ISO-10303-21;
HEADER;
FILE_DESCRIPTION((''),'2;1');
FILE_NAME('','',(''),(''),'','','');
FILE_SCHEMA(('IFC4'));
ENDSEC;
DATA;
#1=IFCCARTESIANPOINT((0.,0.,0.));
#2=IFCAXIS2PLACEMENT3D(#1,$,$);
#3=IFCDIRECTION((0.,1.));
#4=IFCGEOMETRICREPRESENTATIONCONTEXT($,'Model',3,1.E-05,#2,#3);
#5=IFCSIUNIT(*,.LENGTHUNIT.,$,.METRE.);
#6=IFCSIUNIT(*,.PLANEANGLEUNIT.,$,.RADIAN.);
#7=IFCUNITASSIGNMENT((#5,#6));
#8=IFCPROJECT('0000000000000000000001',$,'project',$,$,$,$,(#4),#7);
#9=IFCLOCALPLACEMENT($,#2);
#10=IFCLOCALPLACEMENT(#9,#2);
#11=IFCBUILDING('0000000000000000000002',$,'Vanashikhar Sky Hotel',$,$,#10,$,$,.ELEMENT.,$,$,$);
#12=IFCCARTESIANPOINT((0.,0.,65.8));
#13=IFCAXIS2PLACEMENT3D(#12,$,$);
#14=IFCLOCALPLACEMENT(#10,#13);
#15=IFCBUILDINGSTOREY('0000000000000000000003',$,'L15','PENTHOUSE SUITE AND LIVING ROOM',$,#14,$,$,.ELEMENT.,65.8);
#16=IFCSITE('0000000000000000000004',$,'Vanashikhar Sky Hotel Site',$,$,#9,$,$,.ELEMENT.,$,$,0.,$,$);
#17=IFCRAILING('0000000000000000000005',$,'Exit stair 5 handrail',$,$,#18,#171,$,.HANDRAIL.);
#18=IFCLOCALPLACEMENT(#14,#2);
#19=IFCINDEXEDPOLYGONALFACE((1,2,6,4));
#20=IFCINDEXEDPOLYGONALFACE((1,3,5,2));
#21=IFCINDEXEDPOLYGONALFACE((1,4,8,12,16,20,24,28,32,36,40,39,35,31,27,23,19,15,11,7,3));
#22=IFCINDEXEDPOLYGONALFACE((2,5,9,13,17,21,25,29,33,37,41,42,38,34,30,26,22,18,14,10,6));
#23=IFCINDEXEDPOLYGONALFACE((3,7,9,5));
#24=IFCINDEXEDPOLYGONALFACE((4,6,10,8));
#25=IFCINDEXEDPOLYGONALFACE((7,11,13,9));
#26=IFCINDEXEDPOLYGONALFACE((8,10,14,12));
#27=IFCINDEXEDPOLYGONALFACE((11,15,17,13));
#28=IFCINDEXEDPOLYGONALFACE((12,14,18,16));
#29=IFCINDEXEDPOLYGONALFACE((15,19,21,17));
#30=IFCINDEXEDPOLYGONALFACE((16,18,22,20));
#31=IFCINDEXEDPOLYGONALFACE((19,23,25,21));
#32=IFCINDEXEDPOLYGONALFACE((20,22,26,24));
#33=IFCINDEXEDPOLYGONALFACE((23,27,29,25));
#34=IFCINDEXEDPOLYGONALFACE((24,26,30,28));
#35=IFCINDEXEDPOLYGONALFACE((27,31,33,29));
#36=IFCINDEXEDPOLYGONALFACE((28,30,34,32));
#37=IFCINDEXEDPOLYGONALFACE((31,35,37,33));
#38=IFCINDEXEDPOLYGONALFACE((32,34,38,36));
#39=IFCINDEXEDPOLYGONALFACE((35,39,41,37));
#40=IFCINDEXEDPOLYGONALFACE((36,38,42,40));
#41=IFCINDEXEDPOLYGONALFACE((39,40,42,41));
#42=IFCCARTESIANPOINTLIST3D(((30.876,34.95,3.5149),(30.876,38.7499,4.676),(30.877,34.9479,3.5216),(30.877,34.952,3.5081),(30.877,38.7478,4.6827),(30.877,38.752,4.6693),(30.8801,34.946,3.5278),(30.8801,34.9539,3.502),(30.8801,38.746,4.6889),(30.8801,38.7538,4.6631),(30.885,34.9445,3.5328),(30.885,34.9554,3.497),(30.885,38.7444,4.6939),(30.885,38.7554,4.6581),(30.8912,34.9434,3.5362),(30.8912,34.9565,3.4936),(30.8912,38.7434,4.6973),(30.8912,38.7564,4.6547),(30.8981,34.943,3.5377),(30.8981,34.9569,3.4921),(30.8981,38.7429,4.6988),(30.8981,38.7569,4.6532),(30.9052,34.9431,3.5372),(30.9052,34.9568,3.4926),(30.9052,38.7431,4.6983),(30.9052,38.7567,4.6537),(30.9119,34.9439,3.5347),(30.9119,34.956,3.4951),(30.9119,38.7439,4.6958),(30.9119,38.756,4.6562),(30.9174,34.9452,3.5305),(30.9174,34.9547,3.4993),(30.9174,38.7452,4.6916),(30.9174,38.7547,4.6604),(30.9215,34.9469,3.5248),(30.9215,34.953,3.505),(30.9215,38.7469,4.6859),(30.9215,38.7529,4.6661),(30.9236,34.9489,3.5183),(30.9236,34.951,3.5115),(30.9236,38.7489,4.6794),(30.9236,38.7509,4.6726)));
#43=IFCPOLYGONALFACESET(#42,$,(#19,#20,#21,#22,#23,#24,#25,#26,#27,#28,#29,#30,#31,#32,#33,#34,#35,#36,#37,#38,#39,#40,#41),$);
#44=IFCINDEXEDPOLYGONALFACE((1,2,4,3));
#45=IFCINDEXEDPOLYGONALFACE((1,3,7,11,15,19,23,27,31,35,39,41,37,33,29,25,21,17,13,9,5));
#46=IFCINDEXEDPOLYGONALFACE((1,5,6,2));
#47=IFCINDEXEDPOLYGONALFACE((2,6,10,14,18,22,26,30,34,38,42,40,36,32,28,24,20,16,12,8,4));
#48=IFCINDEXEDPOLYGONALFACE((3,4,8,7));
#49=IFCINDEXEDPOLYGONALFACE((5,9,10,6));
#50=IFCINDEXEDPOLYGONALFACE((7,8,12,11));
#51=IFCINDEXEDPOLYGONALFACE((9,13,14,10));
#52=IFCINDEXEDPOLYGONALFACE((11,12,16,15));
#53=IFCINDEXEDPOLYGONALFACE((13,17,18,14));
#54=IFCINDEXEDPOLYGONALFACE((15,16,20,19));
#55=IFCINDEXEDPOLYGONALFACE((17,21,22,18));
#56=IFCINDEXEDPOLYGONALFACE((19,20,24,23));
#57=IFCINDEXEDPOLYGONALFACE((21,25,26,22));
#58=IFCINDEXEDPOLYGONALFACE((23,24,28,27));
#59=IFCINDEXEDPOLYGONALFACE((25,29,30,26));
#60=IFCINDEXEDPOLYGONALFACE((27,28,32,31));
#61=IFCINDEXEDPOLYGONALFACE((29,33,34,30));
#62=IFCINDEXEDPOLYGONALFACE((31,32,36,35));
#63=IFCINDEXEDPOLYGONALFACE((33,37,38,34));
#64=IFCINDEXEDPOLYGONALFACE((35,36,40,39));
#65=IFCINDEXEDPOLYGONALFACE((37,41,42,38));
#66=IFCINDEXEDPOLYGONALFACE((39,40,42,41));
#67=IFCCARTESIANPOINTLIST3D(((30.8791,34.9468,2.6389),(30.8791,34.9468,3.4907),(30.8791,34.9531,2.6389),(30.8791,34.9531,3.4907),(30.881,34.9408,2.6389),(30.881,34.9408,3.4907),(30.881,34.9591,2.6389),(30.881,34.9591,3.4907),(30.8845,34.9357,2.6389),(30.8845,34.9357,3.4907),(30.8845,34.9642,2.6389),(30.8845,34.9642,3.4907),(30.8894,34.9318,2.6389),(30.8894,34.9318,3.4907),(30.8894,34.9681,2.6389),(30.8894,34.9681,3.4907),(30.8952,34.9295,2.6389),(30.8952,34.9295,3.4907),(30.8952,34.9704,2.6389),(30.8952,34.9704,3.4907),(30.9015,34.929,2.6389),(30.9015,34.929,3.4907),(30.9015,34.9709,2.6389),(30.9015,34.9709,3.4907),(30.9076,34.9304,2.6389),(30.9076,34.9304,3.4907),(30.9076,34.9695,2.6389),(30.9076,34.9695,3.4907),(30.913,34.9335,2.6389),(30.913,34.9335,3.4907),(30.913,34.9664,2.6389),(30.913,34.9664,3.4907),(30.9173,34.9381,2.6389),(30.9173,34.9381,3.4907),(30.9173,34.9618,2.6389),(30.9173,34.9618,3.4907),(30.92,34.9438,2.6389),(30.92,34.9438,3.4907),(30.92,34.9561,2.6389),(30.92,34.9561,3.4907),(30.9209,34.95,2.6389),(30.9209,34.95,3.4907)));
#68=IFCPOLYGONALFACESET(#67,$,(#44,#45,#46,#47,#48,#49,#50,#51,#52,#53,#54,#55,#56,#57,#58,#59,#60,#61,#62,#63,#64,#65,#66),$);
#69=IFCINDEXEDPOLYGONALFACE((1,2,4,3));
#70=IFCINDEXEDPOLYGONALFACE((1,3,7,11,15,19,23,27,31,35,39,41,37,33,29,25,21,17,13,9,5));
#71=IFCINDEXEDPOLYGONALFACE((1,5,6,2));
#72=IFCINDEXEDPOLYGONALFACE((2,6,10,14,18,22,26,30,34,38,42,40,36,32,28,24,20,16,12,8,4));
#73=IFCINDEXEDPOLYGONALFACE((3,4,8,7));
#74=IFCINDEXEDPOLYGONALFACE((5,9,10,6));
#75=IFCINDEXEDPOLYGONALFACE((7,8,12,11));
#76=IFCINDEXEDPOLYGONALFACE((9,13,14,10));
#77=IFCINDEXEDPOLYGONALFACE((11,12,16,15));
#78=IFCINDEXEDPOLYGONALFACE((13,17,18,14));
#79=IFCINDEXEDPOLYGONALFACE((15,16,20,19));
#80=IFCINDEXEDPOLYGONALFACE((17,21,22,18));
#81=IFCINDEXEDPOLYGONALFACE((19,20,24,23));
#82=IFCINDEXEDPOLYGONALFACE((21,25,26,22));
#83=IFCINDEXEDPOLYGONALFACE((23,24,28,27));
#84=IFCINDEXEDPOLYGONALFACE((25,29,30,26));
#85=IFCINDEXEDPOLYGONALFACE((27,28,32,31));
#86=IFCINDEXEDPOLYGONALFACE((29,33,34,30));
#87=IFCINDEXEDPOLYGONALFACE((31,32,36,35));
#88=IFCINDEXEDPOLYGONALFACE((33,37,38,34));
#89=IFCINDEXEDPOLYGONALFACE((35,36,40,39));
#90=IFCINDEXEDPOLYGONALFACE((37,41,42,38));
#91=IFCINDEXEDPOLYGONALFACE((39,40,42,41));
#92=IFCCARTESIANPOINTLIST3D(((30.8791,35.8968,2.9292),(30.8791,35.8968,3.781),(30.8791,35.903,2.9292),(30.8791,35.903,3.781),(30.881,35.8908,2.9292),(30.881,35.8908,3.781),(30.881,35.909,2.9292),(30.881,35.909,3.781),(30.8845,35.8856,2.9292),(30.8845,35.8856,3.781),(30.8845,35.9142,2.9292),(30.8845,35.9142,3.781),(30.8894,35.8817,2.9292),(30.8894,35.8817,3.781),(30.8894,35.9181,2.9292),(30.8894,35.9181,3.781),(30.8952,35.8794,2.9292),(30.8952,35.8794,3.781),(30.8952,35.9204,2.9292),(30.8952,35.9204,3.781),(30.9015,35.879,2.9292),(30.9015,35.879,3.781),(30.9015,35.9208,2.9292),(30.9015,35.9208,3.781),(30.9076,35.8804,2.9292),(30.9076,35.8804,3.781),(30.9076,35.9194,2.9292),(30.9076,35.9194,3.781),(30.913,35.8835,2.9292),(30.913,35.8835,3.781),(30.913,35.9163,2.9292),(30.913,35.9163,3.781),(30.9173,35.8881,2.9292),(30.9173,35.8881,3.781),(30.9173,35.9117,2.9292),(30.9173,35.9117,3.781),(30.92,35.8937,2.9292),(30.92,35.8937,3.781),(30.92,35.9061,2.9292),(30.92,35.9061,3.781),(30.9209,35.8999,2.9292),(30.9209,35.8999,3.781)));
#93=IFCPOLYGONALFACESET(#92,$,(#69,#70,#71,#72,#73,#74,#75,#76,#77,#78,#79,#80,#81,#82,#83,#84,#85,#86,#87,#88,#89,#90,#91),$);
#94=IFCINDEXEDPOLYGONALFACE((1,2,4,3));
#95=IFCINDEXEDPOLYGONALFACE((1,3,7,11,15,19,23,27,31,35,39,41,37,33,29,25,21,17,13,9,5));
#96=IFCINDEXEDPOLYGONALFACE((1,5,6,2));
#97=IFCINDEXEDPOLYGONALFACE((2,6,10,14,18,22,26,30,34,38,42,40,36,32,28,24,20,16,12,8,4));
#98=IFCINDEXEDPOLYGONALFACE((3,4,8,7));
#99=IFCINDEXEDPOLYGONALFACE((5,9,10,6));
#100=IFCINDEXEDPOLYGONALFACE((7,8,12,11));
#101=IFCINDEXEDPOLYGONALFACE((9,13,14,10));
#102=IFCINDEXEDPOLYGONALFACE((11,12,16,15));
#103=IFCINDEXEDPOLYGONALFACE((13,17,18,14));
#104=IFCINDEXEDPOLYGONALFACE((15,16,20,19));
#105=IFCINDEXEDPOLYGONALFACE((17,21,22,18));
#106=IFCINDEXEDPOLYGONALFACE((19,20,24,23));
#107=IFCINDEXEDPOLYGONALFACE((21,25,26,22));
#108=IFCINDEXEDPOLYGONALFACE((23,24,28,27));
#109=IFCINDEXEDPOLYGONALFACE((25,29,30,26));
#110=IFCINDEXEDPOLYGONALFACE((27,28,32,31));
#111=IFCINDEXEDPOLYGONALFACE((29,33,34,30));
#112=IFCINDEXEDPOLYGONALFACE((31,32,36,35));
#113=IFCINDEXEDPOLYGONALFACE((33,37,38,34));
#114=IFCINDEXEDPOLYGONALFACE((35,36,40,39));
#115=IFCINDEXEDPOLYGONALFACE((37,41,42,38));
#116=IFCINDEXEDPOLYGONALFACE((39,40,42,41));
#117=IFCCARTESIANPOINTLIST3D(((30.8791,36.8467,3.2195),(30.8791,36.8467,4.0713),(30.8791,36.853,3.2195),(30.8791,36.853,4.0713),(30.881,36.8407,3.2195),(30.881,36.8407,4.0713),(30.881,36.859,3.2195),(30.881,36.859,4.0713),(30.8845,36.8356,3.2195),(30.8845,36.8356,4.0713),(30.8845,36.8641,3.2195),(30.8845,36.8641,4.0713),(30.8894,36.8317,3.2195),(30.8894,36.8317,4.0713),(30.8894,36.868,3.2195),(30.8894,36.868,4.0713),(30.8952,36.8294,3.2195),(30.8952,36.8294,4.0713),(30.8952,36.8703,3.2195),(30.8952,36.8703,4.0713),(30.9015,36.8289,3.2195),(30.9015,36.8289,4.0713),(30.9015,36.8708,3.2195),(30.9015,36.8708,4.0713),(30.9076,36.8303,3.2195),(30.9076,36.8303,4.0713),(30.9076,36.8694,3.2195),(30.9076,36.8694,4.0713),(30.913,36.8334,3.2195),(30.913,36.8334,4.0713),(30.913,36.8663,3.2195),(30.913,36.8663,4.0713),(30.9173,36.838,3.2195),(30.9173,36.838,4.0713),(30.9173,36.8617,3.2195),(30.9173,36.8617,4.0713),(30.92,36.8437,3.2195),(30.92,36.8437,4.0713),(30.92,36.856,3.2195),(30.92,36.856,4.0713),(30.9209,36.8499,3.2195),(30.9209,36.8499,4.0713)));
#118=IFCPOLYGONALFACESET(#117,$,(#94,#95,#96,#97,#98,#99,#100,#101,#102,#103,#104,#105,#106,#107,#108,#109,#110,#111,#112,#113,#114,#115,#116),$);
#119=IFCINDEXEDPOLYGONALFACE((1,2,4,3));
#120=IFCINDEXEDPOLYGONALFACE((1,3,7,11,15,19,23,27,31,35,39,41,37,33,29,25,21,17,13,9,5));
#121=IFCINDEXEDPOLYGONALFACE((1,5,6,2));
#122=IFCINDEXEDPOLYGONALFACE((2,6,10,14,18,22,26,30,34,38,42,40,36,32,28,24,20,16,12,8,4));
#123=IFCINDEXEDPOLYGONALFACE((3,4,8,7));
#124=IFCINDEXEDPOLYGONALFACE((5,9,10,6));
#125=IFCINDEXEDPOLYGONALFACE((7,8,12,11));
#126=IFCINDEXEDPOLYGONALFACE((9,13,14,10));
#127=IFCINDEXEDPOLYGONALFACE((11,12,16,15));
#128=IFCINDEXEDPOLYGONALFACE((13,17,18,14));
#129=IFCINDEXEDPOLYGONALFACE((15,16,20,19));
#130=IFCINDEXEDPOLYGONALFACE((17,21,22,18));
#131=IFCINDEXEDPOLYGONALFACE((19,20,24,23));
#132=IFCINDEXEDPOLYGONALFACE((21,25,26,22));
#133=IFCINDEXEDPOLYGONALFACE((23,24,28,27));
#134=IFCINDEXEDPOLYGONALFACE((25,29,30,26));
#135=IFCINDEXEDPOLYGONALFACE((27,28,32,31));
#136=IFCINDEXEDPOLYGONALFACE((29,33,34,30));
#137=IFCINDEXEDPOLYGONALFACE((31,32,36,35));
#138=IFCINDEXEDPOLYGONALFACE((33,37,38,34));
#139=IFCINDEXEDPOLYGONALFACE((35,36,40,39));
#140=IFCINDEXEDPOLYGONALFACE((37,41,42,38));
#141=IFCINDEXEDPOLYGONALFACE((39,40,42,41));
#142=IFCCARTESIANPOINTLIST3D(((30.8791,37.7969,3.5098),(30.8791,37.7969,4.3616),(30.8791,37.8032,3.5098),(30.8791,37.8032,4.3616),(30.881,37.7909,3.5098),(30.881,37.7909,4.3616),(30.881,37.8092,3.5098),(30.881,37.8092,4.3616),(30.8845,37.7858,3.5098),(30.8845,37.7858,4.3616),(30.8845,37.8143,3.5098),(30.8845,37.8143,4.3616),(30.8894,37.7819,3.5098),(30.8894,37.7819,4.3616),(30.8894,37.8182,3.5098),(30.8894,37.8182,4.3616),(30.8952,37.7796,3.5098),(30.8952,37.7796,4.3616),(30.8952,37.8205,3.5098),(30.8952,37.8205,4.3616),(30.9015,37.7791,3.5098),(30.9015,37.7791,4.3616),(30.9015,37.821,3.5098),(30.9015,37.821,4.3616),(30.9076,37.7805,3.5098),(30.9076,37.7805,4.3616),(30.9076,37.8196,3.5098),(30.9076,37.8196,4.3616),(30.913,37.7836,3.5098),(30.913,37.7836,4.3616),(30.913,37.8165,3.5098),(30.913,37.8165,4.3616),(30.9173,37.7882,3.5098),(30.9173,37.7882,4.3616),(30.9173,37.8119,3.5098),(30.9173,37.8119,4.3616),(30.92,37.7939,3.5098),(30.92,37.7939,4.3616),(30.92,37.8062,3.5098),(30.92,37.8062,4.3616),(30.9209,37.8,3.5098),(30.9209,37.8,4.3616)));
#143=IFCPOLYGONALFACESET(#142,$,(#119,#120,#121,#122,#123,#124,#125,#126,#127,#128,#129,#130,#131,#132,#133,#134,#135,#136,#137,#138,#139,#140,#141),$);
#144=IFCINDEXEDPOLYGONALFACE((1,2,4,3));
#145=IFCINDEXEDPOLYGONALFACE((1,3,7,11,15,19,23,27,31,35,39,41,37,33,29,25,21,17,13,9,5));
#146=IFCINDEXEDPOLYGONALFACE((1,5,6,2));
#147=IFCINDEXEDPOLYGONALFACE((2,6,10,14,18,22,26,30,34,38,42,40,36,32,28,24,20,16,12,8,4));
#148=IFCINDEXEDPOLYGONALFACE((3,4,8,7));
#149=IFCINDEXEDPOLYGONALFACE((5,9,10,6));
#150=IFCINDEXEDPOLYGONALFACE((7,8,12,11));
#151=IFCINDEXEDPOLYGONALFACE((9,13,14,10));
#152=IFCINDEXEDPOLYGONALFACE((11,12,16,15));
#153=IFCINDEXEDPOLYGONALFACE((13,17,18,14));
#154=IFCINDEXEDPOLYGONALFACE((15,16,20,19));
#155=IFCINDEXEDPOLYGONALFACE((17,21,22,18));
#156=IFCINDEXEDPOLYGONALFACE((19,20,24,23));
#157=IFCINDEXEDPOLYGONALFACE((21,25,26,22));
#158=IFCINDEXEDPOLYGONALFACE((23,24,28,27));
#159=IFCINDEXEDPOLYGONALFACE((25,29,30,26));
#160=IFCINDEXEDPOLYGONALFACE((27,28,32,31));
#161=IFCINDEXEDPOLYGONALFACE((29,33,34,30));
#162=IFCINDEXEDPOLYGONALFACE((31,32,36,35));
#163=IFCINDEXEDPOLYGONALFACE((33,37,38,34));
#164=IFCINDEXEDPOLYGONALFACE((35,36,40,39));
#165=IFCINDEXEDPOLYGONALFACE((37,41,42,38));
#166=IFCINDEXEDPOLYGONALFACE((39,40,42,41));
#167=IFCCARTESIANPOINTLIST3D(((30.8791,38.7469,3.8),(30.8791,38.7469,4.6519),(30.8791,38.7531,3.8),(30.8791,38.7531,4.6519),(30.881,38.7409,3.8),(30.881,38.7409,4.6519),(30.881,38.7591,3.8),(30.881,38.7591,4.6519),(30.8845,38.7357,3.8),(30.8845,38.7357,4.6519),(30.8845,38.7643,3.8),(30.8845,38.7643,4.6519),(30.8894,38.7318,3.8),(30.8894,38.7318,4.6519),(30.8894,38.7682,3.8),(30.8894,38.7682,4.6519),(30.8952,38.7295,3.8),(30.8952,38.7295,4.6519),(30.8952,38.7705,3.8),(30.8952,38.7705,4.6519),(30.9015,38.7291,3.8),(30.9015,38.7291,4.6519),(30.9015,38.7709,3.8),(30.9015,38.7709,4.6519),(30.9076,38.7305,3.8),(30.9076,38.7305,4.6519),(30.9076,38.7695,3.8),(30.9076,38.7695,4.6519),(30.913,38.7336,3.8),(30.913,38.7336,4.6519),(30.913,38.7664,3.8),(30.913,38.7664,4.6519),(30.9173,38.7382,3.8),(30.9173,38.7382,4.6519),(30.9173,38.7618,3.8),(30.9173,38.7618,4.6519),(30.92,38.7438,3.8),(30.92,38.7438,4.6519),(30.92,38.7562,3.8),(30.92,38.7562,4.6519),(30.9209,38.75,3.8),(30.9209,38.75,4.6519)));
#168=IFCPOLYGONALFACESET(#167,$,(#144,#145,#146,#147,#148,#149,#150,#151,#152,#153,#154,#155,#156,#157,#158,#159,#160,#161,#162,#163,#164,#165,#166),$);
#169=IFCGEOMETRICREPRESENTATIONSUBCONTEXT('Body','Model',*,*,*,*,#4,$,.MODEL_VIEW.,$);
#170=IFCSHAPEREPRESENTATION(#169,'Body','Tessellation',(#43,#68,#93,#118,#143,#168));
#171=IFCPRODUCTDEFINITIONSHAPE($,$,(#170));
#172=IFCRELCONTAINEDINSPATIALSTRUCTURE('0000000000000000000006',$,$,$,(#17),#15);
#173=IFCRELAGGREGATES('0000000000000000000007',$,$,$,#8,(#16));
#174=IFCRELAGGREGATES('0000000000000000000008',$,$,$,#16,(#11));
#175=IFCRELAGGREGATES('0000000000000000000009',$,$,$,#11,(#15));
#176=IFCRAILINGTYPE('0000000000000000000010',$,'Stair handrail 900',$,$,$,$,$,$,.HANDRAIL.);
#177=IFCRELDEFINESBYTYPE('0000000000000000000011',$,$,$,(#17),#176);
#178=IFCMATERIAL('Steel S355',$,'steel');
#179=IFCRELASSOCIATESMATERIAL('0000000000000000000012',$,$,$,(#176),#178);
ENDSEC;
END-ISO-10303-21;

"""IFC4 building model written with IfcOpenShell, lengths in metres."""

from ifc_helpers import new_model, si_unit, direction, frame, origin, origin_2d, place, context, subcontext, project, spatial, circle, extrude, source, transform, mapped, material, type_object, element, save


model = new_model("IFC4")

# Units and contexts
model_context = context("Model", 3, precision=1e-05, world=origin(), true_north=direction((0.0, 1.0)))
body_context = subcontext(model_context, "Body", "Model", "MODEL_VIEW")
ifc_project = project(units=[si_unit("LENGTHUNIT", "METRE"), si_unit("PLANEANGLEUNIT", "RADIAN")], contexts=[model_context])

# Site, building, storey
site_placement = place(None, origin())
site = spatial("IfcSite", under=ifc_project, at=site_placement, Name="Vanashikhar Sky Hotel Site", CompositionType="ELEMENT", RefElevation=0.0)
building_placement = place(site_placement, origin())
building = spatial("IfcBuilding", under=site, at=building_placement, Name="Vanashikhar Sky Hotel", CompositionType="ELEMENT")
storey_placement = place(building_placement, frame((0.0, 0.0, 65.8)))
storey = spatial("IfcBuildingStorey", under=building, at=storey_placement, Name="L15", Description="PENTHOUSE SUITE AND LIVING ROOM", CompositionType="ELEMENT", Elevation=65.8)

# Railing
ifc_material_1 = material(Name="Steel S355", Category="steel")
railing_type = type_object("IfcRailingType", Name="Stair handrail 900", PredefinedType="HANDRAIL", material=ifc_material_1)
shared_shape_1 = source(origin(), body_context, "Body", "SweptSolid", [
    extrude(circle(Radius=0.0239, at=origin_2d()), frame((0.0, 0.0, 0.876), z_axis=(0.0, 0.956351, 0.29222), x_axis=(-1.0, 0.0, 0.0)), (0.0, 0.0, 1.0), 3.9734),
    extrude(circle(Radius=0.021, at=origin_2d()), origin(), (0.0, 0.0, 1.0), 0.8518),
    extrude(circle(Radius=0.021, at=origin_2d()), frame((0.0, 0.95, 0.2903)), (0.0, 0.0, 1.0), 0.8518),
    extrude(circle(Radius=0.021, at=origin_2d()), frame((0.0, 1.8999, 0.5806)), (0.0, 0.0, 1.0), 0.8518),
    extrude(circle(Radius=0.021, at=origin_2d()), frame((0.0, 2.8501, 0.8708)), (0.0, 0.0, 1.0), 0.8518),
    extrude(circle(Radius=0.021, at=origin_2d()), frame((0.0, 3.8, 1.1611)), (0.0, 0.0, 1.0), 0.8518),
])
for number, where, name in (
    (1, (30.8999, 34.95, 2.6389), "Exit stair 5 handrail"),
):
    element("IfcRailing", number, at=place(storey_placement, frame(where)), inside=storey, type_object=railing_type, Name=name, PredefinedType="HANDRAIL", context=body_context, shape_type="MappedRepresentation", body=[
        mapped(shared_shape_1, transform((0.0, 0.0, 0.0), scale=1.0)),
    ])

save(model, "model.ifc")
